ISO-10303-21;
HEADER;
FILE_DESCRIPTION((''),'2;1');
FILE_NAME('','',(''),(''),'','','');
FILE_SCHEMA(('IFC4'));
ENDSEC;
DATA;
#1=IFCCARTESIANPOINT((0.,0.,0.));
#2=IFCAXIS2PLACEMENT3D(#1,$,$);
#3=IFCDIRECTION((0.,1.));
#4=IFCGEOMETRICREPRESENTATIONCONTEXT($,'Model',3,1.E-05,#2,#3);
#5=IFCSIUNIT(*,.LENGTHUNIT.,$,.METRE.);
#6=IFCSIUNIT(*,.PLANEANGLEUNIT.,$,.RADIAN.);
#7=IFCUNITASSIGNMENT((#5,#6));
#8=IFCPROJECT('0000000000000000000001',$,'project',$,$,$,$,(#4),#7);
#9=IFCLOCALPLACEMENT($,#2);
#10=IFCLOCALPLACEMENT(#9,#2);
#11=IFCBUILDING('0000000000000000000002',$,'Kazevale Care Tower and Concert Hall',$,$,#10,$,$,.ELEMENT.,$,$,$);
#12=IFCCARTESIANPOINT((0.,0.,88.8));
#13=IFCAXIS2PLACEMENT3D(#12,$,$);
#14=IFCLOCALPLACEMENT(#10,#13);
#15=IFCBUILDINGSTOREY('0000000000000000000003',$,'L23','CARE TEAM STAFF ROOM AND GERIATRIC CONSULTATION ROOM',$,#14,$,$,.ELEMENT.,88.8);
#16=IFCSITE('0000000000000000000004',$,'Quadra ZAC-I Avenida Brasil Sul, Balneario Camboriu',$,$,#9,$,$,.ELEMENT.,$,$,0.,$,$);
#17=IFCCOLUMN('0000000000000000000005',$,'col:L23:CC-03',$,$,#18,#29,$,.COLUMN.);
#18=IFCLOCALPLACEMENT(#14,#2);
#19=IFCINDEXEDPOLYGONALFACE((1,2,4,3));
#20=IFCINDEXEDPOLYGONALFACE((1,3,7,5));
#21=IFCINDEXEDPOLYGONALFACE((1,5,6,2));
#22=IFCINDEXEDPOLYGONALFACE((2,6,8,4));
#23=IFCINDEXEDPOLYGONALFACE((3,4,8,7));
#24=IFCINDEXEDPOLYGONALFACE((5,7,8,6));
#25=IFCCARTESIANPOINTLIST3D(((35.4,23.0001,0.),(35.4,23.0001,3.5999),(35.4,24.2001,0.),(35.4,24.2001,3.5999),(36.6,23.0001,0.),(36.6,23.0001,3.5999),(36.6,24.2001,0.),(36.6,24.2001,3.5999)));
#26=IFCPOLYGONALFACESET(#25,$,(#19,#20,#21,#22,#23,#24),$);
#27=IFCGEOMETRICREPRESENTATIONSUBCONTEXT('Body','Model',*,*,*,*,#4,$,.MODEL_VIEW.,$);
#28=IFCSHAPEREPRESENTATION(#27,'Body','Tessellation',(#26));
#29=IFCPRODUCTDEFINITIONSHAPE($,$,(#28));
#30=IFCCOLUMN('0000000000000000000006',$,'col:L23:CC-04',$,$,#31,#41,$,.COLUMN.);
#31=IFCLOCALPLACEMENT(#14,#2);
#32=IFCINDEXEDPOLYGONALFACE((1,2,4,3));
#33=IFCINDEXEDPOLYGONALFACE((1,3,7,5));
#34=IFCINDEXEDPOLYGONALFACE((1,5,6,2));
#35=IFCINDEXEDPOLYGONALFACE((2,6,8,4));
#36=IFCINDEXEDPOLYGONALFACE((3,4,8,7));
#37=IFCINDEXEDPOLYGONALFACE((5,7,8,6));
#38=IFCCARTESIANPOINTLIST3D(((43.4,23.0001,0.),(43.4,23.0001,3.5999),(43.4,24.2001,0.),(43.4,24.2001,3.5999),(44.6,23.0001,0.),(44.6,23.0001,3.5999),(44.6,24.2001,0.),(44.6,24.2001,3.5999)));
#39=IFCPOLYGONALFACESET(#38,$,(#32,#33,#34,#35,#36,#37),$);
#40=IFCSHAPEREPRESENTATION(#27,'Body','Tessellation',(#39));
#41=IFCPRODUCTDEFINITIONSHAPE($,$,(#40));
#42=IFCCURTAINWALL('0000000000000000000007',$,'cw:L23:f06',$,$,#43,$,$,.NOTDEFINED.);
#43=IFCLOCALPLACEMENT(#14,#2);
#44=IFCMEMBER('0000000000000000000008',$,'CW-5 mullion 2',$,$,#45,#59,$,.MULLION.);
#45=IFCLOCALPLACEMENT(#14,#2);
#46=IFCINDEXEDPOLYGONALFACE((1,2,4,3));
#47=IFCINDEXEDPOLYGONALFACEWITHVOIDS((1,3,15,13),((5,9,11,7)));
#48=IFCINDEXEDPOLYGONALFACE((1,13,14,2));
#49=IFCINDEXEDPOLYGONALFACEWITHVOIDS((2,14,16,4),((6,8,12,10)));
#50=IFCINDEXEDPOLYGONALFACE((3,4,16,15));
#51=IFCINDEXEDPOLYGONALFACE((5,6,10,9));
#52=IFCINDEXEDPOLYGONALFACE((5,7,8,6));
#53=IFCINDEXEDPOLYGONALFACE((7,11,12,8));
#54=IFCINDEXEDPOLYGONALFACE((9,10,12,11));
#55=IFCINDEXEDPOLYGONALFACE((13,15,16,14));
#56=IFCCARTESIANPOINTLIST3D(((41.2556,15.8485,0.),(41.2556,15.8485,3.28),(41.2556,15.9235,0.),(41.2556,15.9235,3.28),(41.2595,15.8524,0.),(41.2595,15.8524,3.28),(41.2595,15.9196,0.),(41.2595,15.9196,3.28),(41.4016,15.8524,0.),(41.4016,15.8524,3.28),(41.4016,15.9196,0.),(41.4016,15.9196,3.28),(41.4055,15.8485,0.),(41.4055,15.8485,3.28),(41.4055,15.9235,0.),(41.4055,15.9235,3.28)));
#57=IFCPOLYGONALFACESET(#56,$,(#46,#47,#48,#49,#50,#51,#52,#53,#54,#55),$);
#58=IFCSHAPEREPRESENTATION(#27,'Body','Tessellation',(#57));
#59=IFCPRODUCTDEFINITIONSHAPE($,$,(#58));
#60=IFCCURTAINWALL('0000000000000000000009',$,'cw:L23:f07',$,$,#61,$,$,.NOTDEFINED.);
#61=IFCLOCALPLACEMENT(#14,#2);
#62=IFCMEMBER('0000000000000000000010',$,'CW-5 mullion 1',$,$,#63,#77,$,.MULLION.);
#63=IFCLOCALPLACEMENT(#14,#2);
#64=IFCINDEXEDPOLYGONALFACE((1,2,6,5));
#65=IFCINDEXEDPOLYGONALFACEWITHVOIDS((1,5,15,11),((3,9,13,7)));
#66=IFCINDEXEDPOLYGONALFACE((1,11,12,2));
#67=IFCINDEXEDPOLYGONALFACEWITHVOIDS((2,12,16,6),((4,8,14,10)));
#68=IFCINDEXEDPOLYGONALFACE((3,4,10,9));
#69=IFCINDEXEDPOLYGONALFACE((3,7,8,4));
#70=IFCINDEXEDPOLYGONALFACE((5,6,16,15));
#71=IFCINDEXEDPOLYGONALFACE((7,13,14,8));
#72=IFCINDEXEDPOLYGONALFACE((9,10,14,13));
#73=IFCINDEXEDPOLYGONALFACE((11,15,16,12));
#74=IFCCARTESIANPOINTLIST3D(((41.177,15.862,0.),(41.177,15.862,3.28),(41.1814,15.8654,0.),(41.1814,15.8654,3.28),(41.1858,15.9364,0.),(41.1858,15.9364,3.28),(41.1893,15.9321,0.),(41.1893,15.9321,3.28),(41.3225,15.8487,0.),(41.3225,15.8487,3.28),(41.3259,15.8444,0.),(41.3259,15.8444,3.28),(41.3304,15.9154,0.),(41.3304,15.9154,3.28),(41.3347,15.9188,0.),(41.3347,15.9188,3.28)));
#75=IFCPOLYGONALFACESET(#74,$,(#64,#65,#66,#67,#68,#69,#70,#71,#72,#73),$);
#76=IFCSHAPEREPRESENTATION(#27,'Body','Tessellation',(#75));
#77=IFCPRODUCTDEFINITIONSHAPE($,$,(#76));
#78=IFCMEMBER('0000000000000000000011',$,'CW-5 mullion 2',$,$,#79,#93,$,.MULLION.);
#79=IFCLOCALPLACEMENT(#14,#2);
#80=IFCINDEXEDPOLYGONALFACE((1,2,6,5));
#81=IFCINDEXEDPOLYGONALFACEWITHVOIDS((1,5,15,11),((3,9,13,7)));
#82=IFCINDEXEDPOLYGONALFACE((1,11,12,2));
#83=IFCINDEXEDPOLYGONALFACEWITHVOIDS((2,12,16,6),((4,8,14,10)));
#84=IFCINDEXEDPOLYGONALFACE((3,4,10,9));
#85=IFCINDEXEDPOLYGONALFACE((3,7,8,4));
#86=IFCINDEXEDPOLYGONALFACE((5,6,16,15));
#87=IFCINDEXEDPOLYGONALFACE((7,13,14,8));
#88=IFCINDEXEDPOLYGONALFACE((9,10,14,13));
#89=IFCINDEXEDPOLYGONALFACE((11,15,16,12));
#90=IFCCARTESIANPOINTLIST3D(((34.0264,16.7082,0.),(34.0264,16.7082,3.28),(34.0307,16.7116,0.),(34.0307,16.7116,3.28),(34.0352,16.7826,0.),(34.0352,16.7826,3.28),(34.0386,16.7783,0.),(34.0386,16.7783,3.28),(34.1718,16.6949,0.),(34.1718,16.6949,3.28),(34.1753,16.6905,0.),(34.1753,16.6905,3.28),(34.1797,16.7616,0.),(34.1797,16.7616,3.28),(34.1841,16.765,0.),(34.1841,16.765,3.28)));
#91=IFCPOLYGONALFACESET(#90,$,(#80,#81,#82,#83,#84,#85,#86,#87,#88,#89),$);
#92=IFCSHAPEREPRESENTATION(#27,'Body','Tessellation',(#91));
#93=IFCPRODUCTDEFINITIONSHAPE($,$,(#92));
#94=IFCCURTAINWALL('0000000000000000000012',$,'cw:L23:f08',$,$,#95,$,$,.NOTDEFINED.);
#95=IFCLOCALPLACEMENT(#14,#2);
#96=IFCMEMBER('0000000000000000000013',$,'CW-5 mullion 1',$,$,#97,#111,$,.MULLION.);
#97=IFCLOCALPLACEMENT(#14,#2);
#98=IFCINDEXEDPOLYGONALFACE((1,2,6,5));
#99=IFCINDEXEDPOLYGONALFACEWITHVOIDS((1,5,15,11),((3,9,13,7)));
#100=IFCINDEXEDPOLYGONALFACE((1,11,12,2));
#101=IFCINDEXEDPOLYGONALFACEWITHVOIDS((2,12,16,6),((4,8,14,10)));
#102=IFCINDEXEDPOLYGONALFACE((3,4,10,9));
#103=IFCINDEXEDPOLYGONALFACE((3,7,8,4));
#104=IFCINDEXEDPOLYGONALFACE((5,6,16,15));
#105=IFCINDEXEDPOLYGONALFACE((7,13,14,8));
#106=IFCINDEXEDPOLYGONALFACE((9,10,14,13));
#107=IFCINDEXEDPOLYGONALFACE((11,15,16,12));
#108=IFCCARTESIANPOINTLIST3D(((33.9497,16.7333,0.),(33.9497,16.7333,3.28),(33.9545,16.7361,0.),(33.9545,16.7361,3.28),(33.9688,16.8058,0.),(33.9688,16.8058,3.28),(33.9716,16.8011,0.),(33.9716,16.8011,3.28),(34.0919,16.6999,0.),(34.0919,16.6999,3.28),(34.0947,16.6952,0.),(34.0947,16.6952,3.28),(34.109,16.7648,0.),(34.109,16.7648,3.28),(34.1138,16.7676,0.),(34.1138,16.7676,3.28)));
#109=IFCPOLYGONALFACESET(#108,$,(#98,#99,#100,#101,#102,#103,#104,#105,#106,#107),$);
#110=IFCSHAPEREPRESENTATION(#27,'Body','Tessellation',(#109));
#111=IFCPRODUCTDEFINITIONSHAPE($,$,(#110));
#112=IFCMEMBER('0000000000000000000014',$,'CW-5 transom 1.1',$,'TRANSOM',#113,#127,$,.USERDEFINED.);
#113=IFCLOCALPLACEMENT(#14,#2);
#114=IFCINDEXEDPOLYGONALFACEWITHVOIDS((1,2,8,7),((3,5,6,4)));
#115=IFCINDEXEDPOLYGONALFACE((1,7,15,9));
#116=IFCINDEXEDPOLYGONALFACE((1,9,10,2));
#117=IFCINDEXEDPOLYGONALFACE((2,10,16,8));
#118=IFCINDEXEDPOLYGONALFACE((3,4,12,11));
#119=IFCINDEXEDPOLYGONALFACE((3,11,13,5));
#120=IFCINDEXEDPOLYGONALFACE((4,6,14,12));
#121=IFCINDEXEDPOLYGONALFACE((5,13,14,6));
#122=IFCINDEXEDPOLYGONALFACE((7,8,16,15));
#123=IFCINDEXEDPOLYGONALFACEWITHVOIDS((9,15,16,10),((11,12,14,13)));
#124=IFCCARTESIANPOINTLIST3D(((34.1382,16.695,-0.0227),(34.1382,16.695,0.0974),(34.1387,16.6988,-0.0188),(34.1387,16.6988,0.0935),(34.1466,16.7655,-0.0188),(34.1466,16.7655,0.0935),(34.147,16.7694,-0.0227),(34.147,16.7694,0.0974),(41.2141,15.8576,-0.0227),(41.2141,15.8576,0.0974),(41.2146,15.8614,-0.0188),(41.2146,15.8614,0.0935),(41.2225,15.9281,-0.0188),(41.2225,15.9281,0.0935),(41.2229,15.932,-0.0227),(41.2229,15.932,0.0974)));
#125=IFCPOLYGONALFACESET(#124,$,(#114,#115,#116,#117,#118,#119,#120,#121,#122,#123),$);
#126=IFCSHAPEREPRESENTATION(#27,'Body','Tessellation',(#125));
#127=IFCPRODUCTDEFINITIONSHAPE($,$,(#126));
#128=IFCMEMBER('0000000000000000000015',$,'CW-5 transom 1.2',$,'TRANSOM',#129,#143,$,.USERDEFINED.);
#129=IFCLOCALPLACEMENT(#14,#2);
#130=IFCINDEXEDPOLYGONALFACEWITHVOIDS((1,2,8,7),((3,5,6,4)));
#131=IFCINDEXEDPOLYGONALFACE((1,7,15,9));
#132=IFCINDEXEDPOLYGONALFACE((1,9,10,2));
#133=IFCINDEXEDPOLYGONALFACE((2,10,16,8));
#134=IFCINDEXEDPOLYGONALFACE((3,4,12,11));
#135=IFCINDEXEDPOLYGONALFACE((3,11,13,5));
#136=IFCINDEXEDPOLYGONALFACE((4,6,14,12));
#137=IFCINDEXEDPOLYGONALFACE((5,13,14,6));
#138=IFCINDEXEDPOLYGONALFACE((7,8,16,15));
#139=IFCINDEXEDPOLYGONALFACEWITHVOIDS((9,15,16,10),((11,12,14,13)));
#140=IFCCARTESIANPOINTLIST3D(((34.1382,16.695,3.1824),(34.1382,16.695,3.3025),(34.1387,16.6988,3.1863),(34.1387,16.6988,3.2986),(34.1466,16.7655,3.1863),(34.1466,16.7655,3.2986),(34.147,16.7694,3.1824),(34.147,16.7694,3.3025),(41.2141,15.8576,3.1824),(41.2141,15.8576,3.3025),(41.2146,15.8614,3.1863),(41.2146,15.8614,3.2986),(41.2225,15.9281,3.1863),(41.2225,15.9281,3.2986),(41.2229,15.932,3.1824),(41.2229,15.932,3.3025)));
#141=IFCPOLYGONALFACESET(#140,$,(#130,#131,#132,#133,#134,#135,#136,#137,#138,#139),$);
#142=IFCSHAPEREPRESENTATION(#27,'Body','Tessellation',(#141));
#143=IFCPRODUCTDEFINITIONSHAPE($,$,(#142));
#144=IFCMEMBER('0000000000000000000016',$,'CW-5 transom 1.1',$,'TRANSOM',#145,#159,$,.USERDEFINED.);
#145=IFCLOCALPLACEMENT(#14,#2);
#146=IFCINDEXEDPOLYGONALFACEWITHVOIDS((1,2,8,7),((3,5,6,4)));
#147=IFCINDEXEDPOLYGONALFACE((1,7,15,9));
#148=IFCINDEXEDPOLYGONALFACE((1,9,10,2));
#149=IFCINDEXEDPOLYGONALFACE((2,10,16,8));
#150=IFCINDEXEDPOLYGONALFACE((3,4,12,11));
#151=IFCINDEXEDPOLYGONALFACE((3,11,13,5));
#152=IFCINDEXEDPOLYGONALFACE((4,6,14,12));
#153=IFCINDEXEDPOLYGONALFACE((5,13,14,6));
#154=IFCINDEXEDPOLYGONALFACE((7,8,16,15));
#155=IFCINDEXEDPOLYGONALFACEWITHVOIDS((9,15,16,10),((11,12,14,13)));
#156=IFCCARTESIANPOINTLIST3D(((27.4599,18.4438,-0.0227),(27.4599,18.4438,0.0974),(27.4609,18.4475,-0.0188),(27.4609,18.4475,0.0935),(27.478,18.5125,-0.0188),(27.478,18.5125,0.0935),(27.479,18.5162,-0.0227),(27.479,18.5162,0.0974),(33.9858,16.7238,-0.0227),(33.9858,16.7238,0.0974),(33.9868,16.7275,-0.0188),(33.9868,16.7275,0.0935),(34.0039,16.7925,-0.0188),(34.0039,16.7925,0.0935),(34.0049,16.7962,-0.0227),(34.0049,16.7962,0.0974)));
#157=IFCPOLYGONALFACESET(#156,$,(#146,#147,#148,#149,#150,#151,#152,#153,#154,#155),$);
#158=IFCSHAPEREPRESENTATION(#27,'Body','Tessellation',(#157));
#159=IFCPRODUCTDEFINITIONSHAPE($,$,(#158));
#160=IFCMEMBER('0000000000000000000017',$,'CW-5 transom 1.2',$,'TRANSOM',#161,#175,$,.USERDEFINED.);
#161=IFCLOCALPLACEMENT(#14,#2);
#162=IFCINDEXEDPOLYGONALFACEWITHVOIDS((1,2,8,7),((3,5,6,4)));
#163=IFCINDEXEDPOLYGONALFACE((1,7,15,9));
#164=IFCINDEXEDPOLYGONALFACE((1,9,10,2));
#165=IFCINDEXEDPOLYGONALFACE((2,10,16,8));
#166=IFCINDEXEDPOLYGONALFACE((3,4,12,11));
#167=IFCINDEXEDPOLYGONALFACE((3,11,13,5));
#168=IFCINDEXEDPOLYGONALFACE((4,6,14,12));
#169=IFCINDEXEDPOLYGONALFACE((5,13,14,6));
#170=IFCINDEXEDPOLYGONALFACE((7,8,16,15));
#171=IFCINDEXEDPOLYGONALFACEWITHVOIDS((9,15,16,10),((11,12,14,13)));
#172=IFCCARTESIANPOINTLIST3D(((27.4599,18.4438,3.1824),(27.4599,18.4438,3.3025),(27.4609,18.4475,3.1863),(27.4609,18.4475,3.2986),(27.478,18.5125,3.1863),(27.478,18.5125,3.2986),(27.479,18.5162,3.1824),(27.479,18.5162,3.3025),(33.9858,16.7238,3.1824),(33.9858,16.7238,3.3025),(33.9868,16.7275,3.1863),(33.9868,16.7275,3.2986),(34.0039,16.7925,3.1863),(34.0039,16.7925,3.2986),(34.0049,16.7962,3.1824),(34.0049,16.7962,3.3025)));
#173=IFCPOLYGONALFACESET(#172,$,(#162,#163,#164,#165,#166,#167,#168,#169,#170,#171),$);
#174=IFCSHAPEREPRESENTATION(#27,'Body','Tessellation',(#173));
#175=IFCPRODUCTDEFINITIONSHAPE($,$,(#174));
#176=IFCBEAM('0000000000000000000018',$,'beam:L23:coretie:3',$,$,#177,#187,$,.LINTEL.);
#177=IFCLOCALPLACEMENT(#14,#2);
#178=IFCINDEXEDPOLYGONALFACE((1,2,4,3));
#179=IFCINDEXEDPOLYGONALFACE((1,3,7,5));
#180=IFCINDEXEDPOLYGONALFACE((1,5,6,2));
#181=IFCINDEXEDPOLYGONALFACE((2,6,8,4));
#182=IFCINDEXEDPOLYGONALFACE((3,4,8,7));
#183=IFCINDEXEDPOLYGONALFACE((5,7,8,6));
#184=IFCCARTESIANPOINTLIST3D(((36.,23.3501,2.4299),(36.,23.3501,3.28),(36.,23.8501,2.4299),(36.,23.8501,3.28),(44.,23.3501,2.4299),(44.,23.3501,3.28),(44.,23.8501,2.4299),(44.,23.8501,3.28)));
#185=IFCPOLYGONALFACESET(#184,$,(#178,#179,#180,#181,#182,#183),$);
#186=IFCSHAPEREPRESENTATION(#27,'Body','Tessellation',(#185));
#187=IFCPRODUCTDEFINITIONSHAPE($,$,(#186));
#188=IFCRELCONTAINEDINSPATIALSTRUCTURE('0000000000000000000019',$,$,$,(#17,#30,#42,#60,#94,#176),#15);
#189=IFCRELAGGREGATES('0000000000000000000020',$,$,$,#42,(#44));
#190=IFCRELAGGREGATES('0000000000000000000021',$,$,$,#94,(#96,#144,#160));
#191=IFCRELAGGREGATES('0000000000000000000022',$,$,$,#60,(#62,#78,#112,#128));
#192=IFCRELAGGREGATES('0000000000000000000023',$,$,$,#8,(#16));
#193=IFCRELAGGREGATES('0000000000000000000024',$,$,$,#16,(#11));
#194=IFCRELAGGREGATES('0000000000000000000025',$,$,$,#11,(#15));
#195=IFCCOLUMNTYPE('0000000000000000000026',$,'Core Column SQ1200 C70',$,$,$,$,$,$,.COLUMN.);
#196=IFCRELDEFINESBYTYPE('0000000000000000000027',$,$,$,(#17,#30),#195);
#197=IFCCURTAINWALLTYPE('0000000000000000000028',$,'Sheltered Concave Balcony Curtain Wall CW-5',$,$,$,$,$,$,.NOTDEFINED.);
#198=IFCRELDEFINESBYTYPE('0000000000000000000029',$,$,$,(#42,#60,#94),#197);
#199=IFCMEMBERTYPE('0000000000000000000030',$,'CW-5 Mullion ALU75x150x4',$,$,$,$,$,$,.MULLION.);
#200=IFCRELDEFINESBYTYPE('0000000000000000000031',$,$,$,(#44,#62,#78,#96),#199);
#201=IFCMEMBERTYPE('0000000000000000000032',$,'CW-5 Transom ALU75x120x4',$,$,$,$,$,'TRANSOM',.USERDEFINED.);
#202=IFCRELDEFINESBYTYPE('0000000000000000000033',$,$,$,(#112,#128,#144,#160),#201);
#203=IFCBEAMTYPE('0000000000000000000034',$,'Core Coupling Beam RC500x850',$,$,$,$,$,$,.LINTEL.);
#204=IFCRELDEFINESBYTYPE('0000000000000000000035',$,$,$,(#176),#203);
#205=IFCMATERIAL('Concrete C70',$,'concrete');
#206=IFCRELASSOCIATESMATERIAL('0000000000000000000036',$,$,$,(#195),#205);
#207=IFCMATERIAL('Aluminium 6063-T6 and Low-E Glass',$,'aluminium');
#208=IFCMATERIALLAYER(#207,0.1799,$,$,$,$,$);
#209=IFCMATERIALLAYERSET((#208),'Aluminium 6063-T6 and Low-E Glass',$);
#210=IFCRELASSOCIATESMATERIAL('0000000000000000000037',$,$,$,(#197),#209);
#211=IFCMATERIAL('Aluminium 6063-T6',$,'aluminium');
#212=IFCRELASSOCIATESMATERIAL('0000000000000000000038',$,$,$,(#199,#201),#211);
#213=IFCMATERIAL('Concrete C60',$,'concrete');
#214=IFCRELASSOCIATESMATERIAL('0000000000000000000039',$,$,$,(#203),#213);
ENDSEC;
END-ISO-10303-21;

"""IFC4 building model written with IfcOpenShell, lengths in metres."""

from ifc_helpers import new_model, si_unit, direction, frame, origin, origin_2d, place, context, subcontext, project, spatial, rectangle, hollow_rectangle, extrude, material, layer, layer_set, material_profile, profile_set, type_object, element, aggregate, save


model = new_model("IFC4")

# Units and contexts
model_context = context("Model", 3, precision=1e-05, world=origin(), true_north=direction((0.0, 1.0)))
body_context = subcontext(model_context, "Body", "Model", "MODEL_VIEW")
ifc_project = project(units=[si_unit("LENGTHUNIT", "METRE"), si_unit("PLANEANGLEUNIT", "RADIAN")], contexts=[model_context])

# Site, building, storey
site_placement = place(None, origin())
site = spatial("IfcSite", under=ifc_project, at=site_placement, Name="Quadra ZAC-I Avenida Brasil Sul, Balneario Camboriu", CompositionType="ELEMENT", RefElevation=0.0)
building_placement = place(site_placement, origin())
building = spatial("IfcBuilding", under=site, at=building_placement, Name="Kazevale Care Tower and Concert Hall", CompositionType="ELEMENT")
storey_placement = place(building_placement, frame((0.0, 0.0, 88.8)))
storey = spatial("IfcBuildingStorey", under=building, at=storey_placement, Name="L23", Description="CARE TEAM STAFF ROOM AND GERIATRIC CONSULTATION ROOM", CompositionType="ELEMENT", Elevation=88.8)

# Columns
ifc_material_1 = material(Name="Concrete C70", Category="concrete")
ifc_material_profile_1 = material_profile(ifc_material_1, rectangle(XDim=1.2, YDim=1.2, at=origin_2d()), Name="RC-SQ1200")
ifc_profile_set_1 = profile_set([ifc_material_profile_1], Name="Concrete C70")
column_type = type_object("IfcColumnType", Name="Core Column SQ1200 C70", PredefinedType="COLUMN", material=ifc_profile_set_1)
for number, where, z_axis, x_axis, name in (
    (1, (36.0, 23.6001, 0.0), (0.0, 0.0, 1.0), (1.0, 0.0, 0.0), "col:L23:CC-03"),
    (2, (44.0, 23.6001, 0.0), (0.0, 0.0, 1.0), (1.0, 0.0, 0.0), "col:L23:CC-04"),
):
    element("IfcColumn", number, at=place(storey_placement, frame(where, z_axis=z_axis, x_axis=x_axis)), inside=storey, type_object=column_type, Name=name, PredefinedType="COLUMN", context=body_context, shape_type="SweptSolid", body=[
        extrude(rectangle(XDim=1.2, YDim=1.2, at=origin_2d()), origin(), (0.0, 0.0, 1.0), 3.5999),
    ])

# Curtain wall, member
ifc_material_2 = material(Name="Aluminium 6063-T6 and Low-E Glass", Category="aluminium")
ifc_layer_1 = layer(ifc_material_2, 0.1799)
ifc_layer_set_1 = layer_set([ifc_layer_1], Name="Aluminium 6063-T6 and Low-E Glass")
curtain_wall_type = type_object("IfcCurtainWallType", Name="Sheltered Concave Balcony Curtain Wall CW-5", PredefinedType="NOTDEFINED", material=ifc_layer_set_1)
curtain_wall_1_placement = place(storey_placement, origin())
curtain_wall_1 = element("IfcCurtainWall", 3, at=curtain_wall_1_placement, inside=storey, type_object=curtain_wall_type, Name="cw:L23:f06", PredefinedType="NOTDEFINED")
ifc_material_3 = material(Name="Aluminium 6063-T6", Category="aluminium")
ifc_material_profile_2 = material_profile(ifc_material_3, hollow_rectangle(XDim=0.075, YDim=0.1499, WallThickness=0.0039, at=origin_2d()), Name="ALU75x150x4")
ifc_profile_set_2 = profile_set([ifc_material_profile_2], Name="Aluminium 6063-T6")
member_type_1 = type_object("IfcMemberType", Name="CW-5 Mullion ALU75x150x4", PredefinedType="MULLION", material=ifc_profile_set_2)
member_1_placement = place(storey_placement, frame((41.3306, 15.886, 0.0), z_axis=(0.0, 0.0, 1.0), x_axis=(0.0, -1.0, 0.0)))
member_1 = element("IfcMember", 4, at=member_1_placement, type_object=member_type_1, Name="CW-5 mullion 2", PredefinedType="MULLION", context=body_context, shape_type="SweptSolid", body=[
    extrude(hollow_rectangle(XDim=0.075, YDim=0.1499, WallThickness=0.0039, at=origin_2d()), origin(), (0.0, 0.0, 1.0), 3.28),
])
aggregate(curtain_wall_1, [member_1])

# Curtain wall, members
curtain_wall_2_placement = place(storey_placement, origin())
curtain_wall_2 = element("IfcCurtainWall", 5, at=curtain_wall_2_placement, inside=storey, type_object=curtain_wall_type, Name="cw:L23:f07", PredefinedType="NOTDEFINED")
member_2_placement = place(storey_placement, frame((41.2559, 15.8904, 0.0), z_axis=(0.0, 0.0, 1.0), x_axis=(-0.117519, -0.993071, 0.0)))
member_2 = element("IfcMember", 6, at=member_2_placement, type_object=member_type_1, Name="CW-5 mullion 1", PredefinedType="MULLION", context=body_context, shape_type="SweptSolid", body=[
    extrude(hollow_rectangle(XDim=0.075, YDim=0.1499, WallThickness=0.0039, at=origin_2d()), origin(), (0.0, 0.0, 1.0), 3.28),
])
member_3_placement = place(storey_placement, frame((34.1052, 16.7366, 0.0), z_axis=(0.0, 0.0, 1.0), x_axis=(-0.117519, -0.993071, 0.0)))
member_3 = element("IfcMember", 7, at=member_3_placement, type_object=member_type_1, Name="CW-5 mullion 2", PredefinedType="MULLION", context=body_context, shape_type="SweptSolid", body=[
    extrude(hollow_rectangle(XDim=0.075, YDim=0.1499, WallThickness=0.0039, at=origin_2d()), origin(), (0.0, 0.0, 1.0), 3.28),
])

# Curtain wall, member
curtain_wall_3_placement = place(storey_placement, origin())
curtain_wall_3 = element("IfcCurtainWall", 8, at=curtain_wall_3_placement, inside=storey, type_object=curtain_wall_type, Name="cw:L23:f08", PredefinedType="NOTDEFINED")
member_4_placement = place(storey_placement, frame((34.0317, 16.7505, 0.0), z_axis=(0.0, 0.0, 1.0), x_axis=(-0.254829, -0.966986, 0.0)))
member_4 = element("IfcMember", 9, at=member_4_placement, type_object=member_type_1, Name="CW-5 mullion 1", PredefinedType="MULLION", context=body_context, shape_type="SweptSolid", body=[
    extrude(hollow_rectangle(XDim=0.075, YDim=0.1499, WallThickness=0.0039, at=origin_2d()), origin(), (0.0, 0.0, 1.0), 3.28),
])

# Members
ifc_material_profile_3 = material_profile(ifc_material_3, hollow_rectangle(XDim=0.075, YDim=0.1201, WallThickness=0.0039, at=origin_2d()), Name="ALU75x120x4")
ifc_profile_set_3 = profile_set([ifc_material_profile_3], Name="Aluminium 6063-T6")
member_type_2 = type_object("IfcMemberType", Name="CW-5 Transom ALU75x120x4", ElementType="TRANSOM", PredefinedType="USERDEFINED", material=ifc_profile_set_3)
member_5_placement = place(storey_placement, frame((41.2185, 15.8948, 0.0374), z_axis=(-0.99307, 0.117525, 0.0), x_axis=(-0.117525, -0.99307, 0.0)))
member_5 = element("IfcMember", 10, at=member_5_placement, type_object=member_type_2, Name="CW-5 transom 1.1", ObjectType="TRANSOM", PredefinedType="USERDEFINED", context=body_context, shape_type="SweptSolid", body=[
    extrude(hollow_rectangle(XDim=0.075, YDim=0.1201, WallThickness=0.0039, at=origin_2d()), origin(), (0.0, 0.0, 1.0), 7.1252),
])
member_6_placement = place(storey_placement, frame((41.2185, 15.8948, 3.2424), z_axis=(-0.99307, 0.117525, 0.0), x_axis=(-0.117525, -0.99307, 0.0)))
member_6 = element("IfcMember", 11, at=member_6_placement, type_object=member_type_2, Name="CW-5 transom 1.2", ObjectType="TRANSOM", PredefinedType="USERDEFINED", context=body_context, shape_type="SweptSolid", body=[
    extrude(hollow_rectangle(XDim=0.075, YDim=0.1201, WallThickness=0.0039, at=origin_2d()), origin(), (0.0, 0.0, 1.0), 7.1252),
])
member_7_placement = place(storey_placement, frame((33.9954, 16.76, 0.0374), z_axis=(-0.966978, 0.254858, 0.0), x_axis=(-0.254858, -0.966978, 0.0)))
member_7 = element("IfcMember", 12, at=member_7_placement, type_object=member_type_2, Name="CW-5 transom 1.1", ObjectType="TRANSOM", PredefinedType="USERDEFINED", context=body_context, shape_type="SweptSolid", body=[
    extrude(hollow_rectangle(XDim=0.075, YDim=0.1201, WallThickness=0.0039, at=origin_2d()), origin(), (0.0, 0.0, 1.0), 6.7488),
])
member_8_placement = place(storey_placement, frame((33.9954, 16.76, 3.2424), z_axis=(-0.966978, 0.254858, 0.0), x_axis=(-0.254858, -0.966978, 0.0)))
member_8 = element("IfcMember", 13, at=member_8_placement, type_object=member_type_2, Name="CW-5 transom 1.2", ObjectType="TRANSOM", PredefinedType="USERDEFINED", context=body_context, shape_type="SweptSolid", body=[
    extrude(hollow_rectangle(XDim=0.075, YDim=0.1201, WallThickness=0.0039, at=origin_2d()), origin(), (0.0, 0.0, 1.0), 6.7488),
])
aggregate(curtain_wall_3, [member_4, member_7, member_8])

# Beam
ifc_material_4 = material(Name="Concrete C60", Category="concrete")
ifc_material_profile_4 = material_profile(ifc_material_4, rectangle(XDim=0.5, YDim=0.8501, at=origin_2d()), Name="RC-B500x850")
ifc_profile_set_4 = profile_set([ifc_material_profile_4], Name="Concrete C60")
beam_type_1 = type_object("IfcBeamType", Name="Core Coupling Beam RC500x850", PredefinedType="LINTEL", material=ifc_profile_set_4)
beam_1_placement = place(storey_placement, frame((36.0, 23.6001, 2.855), z_axis=(1.0, 0.0, 0.0), x_axis=(0.0, 1.0, 0.0)))
element("IfcBeam", 14, at=beam_1_placement, inside=storey, type_object=beam_type_1, Name="beam:L23:coretie:3", PredefinedType="LINTEL", context=body_context, shape_type="SweptSolid", body=[
    extrude(rectangle(XDim=0.5, YDim=0.8501, at=origin_2d()), origin(), (0.0, 0.0, 1.0), 8.0),
])

aggregate(curtain_wall_2, [member_2, member_3, member_5, member_6])

save(model, "model.ifc")
